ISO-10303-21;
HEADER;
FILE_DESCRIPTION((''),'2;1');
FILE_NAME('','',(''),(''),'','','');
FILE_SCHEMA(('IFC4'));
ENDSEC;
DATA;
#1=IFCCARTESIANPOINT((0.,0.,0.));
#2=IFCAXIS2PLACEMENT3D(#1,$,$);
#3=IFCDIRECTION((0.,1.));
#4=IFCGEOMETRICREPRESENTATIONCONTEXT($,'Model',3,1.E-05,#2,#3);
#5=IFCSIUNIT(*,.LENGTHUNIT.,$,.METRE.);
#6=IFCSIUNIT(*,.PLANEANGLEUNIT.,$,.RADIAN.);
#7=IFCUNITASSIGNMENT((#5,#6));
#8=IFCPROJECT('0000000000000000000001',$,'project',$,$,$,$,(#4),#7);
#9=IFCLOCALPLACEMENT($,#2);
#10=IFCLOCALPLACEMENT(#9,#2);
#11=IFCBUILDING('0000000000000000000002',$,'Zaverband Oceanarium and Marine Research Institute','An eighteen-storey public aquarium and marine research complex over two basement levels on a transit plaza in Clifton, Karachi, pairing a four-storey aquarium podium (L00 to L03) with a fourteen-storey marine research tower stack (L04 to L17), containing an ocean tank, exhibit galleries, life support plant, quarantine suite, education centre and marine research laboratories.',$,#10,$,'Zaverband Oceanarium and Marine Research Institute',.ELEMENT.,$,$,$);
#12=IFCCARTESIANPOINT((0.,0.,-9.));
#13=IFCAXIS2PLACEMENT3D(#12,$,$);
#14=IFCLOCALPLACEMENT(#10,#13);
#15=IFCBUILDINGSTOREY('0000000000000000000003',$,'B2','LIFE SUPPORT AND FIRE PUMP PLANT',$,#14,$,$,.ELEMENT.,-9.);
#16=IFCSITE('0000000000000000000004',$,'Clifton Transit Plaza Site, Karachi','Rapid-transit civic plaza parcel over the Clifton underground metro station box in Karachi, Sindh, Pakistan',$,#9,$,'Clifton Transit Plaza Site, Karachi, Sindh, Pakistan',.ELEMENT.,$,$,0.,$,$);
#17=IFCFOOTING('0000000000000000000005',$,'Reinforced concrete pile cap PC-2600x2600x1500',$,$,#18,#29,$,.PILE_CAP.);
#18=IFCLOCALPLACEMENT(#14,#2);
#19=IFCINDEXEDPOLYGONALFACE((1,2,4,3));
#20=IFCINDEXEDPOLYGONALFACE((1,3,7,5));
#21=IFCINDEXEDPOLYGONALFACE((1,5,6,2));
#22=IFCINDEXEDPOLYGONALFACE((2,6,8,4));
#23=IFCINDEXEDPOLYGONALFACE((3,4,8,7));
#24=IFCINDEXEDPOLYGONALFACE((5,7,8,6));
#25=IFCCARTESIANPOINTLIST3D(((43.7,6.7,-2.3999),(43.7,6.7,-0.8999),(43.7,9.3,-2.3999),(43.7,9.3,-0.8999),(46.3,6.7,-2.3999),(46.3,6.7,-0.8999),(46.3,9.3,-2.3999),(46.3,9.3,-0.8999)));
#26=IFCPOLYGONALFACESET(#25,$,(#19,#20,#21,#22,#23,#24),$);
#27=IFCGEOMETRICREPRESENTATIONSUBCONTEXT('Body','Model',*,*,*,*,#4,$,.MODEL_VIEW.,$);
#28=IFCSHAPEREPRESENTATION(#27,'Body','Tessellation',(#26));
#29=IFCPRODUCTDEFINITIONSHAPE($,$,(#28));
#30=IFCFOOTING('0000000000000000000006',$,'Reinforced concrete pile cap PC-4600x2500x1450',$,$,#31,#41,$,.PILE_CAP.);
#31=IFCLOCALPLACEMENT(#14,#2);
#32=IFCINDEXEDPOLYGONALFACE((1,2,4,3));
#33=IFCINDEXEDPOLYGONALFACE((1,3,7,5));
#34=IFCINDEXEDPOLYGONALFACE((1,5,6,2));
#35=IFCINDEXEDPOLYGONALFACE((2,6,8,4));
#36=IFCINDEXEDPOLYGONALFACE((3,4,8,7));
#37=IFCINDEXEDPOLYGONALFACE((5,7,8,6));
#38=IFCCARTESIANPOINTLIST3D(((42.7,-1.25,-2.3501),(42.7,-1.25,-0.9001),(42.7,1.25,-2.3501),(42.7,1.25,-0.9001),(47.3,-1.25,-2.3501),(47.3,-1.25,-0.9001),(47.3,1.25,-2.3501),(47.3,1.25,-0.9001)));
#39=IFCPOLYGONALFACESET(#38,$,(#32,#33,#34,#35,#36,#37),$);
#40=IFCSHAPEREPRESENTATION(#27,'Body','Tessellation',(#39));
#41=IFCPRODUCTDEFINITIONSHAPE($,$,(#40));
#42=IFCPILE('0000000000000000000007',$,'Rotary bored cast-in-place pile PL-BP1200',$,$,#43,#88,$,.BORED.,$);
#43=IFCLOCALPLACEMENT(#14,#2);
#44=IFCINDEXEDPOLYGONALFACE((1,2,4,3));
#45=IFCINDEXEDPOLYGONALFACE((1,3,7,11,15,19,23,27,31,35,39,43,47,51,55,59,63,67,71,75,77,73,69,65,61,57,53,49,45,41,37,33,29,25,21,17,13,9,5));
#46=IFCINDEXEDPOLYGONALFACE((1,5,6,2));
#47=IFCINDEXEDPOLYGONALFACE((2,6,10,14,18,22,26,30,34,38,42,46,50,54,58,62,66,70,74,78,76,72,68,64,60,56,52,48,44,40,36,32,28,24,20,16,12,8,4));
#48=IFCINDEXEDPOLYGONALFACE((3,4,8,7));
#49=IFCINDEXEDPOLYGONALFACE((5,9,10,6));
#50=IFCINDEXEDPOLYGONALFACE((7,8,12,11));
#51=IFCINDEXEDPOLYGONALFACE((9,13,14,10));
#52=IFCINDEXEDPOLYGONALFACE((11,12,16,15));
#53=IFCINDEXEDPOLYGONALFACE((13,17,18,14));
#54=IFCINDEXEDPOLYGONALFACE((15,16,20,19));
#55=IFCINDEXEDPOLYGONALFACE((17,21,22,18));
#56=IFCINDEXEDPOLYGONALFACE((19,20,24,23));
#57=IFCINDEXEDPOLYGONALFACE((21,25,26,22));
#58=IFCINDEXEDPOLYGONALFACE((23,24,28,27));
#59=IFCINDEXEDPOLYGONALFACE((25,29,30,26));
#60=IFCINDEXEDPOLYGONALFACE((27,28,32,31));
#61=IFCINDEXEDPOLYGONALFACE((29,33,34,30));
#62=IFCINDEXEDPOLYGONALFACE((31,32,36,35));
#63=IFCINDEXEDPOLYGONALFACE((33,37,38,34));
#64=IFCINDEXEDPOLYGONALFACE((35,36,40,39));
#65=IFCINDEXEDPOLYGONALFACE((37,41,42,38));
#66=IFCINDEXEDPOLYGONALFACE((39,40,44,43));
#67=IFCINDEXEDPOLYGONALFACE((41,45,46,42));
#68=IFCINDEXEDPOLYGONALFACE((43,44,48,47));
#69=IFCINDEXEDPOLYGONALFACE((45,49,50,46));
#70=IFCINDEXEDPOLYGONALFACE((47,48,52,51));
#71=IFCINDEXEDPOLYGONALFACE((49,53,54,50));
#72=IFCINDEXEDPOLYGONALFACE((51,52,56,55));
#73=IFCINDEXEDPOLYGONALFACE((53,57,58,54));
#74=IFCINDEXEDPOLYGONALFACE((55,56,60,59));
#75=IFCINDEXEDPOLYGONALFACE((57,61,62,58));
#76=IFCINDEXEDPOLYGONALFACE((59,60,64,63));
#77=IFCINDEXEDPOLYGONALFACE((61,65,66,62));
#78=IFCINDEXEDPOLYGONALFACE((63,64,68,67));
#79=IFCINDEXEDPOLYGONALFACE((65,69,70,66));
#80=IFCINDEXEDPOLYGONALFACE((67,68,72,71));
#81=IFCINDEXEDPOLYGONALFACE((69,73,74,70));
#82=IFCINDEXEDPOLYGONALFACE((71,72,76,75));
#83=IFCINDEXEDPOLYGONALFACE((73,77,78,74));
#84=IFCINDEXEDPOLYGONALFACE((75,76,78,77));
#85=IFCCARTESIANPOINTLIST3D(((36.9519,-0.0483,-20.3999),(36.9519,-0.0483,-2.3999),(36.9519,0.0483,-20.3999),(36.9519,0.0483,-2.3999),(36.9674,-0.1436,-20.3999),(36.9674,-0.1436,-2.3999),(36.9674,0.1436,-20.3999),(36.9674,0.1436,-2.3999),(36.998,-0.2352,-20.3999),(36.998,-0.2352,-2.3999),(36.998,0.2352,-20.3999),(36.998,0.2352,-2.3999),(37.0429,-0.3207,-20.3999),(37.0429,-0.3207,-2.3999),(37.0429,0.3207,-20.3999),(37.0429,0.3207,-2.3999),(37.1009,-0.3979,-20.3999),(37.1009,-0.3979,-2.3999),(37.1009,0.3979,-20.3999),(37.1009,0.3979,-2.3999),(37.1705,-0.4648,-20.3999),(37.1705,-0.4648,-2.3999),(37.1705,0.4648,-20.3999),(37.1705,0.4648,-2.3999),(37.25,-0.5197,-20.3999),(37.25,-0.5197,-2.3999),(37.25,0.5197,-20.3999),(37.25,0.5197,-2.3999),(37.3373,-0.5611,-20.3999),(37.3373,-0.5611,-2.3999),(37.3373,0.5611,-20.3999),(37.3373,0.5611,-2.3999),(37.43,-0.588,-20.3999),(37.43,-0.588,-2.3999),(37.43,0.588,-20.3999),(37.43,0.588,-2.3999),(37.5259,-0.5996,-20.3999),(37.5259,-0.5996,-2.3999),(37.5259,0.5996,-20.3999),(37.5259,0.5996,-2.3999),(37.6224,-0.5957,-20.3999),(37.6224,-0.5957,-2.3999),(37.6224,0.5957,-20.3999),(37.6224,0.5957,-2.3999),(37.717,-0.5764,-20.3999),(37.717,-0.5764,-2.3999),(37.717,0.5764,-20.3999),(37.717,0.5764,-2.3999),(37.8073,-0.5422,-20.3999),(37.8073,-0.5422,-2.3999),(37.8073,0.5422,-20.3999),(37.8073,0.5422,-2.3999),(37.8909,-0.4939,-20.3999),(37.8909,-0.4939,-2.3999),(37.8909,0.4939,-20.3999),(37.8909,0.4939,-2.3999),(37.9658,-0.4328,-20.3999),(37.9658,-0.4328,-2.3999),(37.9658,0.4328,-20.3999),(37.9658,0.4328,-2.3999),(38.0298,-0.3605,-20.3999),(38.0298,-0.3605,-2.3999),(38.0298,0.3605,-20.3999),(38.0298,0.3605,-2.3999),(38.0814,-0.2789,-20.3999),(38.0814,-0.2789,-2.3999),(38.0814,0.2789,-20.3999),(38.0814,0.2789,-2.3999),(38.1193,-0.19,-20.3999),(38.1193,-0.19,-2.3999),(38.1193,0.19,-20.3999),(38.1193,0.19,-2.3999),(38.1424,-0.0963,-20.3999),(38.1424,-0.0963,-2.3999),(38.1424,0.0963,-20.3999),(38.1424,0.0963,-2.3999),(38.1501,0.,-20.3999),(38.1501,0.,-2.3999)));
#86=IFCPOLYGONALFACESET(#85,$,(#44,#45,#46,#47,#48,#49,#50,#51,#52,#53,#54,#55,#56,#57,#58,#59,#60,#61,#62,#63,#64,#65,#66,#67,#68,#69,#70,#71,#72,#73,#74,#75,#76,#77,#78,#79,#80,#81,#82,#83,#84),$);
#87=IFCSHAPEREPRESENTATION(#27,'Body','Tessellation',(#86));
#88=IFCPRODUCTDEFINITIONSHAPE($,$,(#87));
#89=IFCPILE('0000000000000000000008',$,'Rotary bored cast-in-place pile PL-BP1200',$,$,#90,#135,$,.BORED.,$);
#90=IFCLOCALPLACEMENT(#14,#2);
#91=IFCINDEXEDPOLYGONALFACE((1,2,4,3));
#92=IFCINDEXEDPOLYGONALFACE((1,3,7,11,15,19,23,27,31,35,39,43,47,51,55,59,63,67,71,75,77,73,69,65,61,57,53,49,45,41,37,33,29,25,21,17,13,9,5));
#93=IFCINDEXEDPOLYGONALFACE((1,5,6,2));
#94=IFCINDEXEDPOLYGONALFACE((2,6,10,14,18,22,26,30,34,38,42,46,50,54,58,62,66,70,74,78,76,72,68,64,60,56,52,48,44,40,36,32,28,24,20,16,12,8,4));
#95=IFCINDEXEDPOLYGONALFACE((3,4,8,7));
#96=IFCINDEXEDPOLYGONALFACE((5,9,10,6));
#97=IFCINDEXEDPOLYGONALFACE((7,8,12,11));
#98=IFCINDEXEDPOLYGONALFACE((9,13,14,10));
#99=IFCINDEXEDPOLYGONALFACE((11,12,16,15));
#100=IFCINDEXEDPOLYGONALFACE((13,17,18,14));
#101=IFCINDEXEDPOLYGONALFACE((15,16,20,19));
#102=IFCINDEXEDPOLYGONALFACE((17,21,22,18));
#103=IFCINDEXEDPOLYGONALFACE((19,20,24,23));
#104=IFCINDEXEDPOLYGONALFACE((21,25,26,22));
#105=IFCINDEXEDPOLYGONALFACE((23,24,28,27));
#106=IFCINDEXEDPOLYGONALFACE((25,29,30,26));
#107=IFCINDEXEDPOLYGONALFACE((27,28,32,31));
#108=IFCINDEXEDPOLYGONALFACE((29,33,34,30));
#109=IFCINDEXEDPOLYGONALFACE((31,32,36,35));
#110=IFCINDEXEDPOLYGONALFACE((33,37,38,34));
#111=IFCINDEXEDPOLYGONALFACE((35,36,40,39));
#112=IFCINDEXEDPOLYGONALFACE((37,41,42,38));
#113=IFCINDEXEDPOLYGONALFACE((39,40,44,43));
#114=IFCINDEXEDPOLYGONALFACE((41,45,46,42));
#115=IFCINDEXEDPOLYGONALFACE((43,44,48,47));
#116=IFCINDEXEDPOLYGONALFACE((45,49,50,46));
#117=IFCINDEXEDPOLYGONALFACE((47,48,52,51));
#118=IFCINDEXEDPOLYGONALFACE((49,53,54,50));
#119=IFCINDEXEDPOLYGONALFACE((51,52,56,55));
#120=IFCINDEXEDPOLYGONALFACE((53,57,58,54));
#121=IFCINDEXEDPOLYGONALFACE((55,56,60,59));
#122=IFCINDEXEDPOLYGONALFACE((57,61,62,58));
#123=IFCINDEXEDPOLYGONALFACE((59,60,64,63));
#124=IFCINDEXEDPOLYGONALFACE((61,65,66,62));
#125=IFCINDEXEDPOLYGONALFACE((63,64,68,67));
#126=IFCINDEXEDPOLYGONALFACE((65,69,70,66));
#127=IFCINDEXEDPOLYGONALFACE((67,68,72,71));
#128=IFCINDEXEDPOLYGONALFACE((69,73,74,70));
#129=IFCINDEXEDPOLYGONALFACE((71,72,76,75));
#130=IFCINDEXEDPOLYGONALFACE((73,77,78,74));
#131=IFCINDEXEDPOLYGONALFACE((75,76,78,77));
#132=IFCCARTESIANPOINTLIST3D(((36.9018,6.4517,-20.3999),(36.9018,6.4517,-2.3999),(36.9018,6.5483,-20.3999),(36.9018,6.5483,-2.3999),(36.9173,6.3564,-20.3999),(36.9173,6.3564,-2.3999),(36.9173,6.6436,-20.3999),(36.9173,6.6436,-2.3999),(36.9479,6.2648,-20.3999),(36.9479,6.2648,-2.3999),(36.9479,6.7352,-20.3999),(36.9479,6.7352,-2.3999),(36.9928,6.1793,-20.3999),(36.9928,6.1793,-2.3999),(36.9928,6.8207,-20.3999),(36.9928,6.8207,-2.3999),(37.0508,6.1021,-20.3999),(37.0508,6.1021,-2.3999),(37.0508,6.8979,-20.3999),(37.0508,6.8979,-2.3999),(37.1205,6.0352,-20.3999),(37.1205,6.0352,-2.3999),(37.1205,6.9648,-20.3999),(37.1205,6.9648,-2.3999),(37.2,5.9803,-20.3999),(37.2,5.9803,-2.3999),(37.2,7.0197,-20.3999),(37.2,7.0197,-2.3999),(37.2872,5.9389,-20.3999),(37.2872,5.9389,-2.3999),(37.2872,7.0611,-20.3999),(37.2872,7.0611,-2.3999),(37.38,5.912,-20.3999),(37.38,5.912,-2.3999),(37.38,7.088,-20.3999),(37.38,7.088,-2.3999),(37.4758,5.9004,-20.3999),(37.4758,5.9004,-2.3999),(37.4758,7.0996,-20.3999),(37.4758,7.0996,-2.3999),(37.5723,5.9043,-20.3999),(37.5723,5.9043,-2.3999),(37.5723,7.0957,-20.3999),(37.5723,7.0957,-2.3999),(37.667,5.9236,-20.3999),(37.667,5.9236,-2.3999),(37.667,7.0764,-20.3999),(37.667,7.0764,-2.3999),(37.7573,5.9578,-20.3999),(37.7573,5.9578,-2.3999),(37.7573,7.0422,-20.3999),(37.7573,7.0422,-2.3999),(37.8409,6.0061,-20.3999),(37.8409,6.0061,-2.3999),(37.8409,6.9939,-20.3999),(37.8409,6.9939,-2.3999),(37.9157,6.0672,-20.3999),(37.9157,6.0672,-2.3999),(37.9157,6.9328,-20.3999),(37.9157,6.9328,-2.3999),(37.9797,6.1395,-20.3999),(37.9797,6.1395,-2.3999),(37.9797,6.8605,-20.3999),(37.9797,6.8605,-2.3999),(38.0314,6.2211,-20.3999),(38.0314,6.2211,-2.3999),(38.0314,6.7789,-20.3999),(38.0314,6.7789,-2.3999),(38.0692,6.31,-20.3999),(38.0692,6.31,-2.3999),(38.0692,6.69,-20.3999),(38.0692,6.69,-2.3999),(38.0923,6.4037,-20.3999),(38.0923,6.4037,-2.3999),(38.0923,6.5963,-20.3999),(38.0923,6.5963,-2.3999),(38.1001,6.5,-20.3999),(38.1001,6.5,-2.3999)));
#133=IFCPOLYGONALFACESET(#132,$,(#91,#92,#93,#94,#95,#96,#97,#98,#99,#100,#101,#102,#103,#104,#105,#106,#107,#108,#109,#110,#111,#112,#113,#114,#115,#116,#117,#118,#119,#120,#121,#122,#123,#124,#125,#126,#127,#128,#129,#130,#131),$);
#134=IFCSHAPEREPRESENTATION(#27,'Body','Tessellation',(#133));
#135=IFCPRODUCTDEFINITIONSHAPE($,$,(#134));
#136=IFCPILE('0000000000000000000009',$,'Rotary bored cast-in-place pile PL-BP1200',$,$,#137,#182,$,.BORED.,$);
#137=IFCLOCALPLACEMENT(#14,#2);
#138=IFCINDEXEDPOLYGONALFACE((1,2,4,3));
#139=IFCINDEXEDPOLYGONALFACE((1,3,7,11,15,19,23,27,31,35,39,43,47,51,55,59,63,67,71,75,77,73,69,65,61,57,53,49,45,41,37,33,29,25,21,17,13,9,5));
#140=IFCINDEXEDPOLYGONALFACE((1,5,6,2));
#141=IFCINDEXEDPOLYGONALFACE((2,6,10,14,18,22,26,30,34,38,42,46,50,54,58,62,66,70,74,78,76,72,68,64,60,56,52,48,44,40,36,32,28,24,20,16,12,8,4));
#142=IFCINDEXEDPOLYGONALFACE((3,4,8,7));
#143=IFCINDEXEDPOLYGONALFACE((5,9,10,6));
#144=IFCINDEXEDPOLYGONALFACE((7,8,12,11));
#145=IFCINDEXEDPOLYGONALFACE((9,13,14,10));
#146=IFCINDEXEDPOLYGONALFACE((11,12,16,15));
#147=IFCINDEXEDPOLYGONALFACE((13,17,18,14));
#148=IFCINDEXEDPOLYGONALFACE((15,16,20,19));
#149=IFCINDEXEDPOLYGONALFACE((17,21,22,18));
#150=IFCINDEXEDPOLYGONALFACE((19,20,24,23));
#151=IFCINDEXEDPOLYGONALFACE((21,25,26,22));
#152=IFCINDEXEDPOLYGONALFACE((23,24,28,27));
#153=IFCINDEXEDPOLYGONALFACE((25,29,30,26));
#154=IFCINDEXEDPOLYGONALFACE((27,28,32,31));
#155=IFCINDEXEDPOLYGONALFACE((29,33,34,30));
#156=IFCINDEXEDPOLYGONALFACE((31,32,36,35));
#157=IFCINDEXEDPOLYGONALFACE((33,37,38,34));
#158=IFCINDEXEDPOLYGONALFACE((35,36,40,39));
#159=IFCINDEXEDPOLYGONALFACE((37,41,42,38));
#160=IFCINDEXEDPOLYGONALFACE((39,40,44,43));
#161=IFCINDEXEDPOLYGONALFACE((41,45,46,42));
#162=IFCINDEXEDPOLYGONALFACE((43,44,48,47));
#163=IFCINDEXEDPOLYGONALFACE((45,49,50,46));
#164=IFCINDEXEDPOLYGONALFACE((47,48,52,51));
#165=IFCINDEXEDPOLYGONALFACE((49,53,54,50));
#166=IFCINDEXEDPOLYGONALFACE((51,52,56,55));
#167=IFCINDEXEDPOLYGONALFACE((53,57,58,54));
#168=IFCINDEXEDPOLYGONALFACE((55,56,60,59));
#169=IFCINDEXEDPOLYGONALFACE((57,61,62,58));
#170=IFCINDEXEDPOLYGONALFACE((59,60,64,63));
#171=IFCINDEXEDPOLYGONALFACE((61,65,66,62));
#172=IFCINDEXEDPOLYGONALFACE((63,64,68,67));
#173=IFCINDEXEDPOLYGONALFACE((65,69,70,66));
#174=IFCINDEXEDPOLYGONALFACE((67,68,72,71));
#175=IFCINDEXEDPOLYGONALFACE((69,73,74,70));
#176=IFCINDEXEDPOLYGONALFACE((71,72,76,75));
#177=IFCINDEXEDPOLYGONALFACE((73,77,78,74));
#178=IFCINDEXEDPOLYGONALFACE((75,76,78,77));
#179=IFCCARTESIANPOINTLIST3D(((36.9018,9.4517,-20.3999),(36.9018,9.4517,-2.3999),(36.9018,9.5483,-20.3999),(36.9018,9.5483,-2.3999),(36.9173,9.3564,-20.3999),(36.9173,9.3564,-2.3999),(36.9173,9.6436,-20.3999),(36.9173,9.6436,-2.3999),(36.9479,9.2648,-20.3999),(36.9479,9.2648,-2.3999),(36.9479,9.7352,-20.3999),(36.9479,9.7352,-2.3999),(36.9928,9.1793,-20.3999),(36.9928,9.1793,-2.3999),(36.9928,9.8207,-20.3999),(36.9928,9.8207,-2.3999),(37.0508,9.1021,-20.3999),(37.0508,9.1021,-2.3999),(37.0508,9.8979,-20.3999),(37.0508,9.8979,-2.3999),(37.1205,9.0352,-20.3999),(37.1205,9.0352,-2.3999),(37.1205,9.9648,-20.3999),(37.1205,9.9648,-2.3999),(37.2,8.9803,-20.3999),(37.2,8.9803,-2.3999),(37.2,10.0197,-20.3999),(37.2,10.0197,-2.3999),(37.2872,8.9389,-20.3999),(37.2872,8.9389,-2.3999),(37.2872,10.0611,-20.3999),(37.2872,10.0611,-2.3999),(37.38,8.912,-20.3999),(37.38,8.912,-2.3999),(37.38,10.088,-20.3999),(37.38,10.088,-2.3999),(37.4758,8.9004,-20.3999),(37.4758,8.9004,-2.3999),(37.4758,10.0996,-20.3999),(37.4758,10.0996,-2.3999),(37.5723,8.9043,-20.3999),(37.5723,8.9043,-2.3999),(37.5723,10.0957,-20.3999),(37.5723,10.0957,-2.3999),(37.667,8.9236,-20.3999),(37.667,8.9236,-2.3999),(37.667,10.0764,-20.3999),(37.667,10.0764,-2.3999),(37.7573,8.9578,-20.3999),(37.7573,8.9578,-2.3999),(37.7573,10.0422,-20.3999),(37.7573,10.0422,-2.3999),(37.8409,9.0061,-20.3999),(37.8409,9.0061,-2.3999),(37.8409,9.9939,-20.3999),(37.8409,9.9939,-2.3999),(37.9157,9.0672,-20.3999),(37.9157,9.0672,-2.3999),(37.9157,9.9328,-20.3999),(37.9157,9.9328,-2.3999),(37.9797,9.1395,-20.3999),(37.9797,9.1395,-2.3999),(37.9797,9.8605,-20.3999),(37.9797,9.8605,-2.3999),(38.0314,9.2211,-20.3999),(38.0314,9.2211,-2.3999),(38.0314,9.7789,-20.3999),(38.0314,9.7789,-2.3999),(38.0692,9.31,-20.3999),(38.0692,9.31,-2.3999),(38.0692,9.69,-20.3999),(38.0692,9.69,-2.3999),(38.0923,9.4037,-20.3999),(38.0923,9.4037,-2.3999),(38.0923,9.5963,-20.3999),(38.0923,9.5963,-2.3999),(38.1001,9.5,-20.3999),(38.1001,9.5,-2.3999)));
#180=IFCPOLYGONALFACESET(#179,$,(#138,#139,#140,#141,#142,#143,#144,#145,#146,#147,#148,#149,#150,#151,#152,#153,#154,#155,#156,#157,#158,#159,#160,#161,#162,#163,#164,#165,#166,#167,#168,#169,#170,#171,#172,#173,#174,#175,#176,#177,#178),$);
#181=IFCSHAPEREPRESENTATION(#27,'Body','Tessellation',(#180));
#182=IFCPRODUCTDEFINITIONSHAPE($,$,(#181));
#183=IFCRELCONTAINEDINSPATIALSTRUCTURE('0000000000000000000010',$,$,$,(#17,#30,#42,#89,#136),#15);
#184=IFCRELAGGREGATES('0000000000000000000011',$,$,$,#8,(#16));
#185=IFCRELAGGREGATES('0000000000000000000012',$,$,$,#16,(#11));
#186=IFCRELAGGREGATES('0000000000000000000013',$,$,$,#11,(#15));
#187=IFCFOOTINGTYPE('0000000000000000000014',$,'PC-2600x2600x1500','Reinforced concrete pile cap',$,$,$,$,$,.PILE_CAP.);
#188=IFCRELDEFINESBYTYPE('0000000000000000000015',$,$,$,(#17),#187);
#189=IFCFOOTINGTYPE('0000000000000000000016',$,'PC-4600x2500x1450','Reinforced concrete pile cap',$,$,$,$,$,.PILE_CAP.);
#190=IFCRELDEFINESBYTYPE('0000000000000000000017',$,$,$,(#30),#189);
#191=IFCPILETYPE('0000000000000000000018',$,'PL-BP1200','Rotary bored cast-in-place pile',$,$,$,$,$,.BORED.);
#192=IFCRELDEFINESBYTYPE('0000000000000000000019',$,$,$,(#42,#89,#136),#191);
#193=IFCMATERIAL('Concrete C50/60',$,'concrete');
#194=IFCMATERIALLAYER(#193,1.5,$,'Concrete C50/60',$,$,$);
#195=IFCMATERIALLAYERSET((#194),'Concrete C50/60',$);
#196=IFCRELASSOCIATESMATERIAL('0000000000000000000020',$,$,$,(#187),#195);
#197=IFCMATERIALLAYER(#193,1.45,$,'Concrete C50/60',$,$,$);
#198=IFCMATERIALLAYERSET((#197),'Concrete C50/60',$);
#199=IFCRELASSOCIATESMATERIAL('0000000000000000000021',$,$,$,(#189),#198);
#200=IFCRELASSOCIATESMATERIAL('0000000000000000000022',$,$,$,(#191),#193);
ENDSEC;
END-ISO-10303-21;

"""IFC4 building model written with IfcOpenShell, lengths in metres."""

from ifc_helpers import new_model, si_unit, direction, frame, origin, origin_2d, place, context, subcontext, project, spatial, rectangle, circle, extrude, material, layer, layer_set, material_profile, profile_set, type_object, element, save


model = new_model("IFC4")

# Units and contexts
model_context = context("Model", 3, precision=1e-05, world=origin(), true_north=direction((0.0, 1.0)))
body_context = subcontext(model_context, "Body", "Model", "MODEL_VIEW")
ifc_project = project(units=[si_unit("LENGTHUNIT", "METRE"), si_unit("PLANEANGLEUNIT", "RADIAN")], contexts=[model_context])

# Site, building, storey
site_placement = place(None, origin())
site = spatial("IfcSite", under=ifc_project, at=site_placement, Name="Clifton Transit Plaza Site, Karachi", Description="Rapid-transit civic plaza parcel over the Clifton underground metro station box in Karachi, Sindh, Pakistan", LongName="Clifton Transit Plaza Site, Karachi, Sindh, Pakistan", CompositionType="ELEMENT", RefElevation=0.0)
building_placement = place(site_placement, origin())
building = spatial("IfcBuilding", under=site, at=building_placement, Name="Zaverband Oceanarium and Marine Research Institute", Description="An eighteen-storey public aquarium and marine research complex over two basement levels on a transit plaza in Clifton, Karachi, pairing a four-storey aquarium podium (L00 to L03) with a fourteen-storey marine research tower stack (L04 to L17), containing an ocean tank, exhibit galleries, life support plant, quarantine suite, education centre and marine research laboratories.", LongName="Zaverband Oceanarium and Marine Research Institute", CompositionType="ELEMENT")
storey_placement = place(building_placement, frame((0.0, 0.0, -9.0)))
storey = spatial("IfcBuildingStorey", under=building, at=storey_placement, Name="B2", Description="LIFE SUPPORT AND FIRE PUMP PLANT", CompositionType="ELEMENT", Elevation=-9.0)

# Footings
ifc_material_1 = material(Name="Concrete C50/60", Category="concrete")
ifc_layer_1 = layer(ifc_material_1, 1.5, Name="Concrete C50/60")
ifc_layer_set_1 = layer_set([ifc_layer_1], Name="Concrete C50/60")
footing_type_1 = type_object("IfcFootingType", Name="PC-2600x2600x1500", Description="Reinforced concrete pile cap", PredefinedType="PILE_CAP", material=ifc_layer_set_1)
footing_1_placement = place(storey_placement, frame((45.0, 8.0, -2.3999), z_axis=(0.0, 0.0, 1.0), x_axis=(1.0, 0.0, 0.0)))
element("IfcFooting", 1, at=footing_1_placement, inside=storey, type_object=footing_type_1, Name="Reinforced concrete pile cap PC-2600x2600x1500", PredefinedType="PILE_CAP", context=body_context, shape_type="SweptSolid", body=[
    extrude(rectangle(XDim=2.6001, YDim=2.6001, at=origin_2d()), origin(), (0.0, 0.0, 1.0), 1.5),
])
ifc_layer_2 = layer(ifc_material_1, 1.45, Name="Concrete C50/60")
ifc_layer_set_2 = layer_set([ifc_layer_2], Name="Concrete C50/60")
footing_type_2 = type_object("IfcFootingType", Name="PC-4600x2500x1450", Description="Reinforced concrete pile cap", PredefinedType="PILE_CAP", material=ifc_layer_set_2)
footing_2_placement = place(storey_placement, frame((45.0, 0.0, -2.3501), z_axis=(0.0, 0.0, 1.0), x_axis=(1.0, 0.0, 0.0)))
element("IfcFooting", 2, at=footing_2_placement, inside=storey, type_object=footing_type_2, Name="Reinforced concrete pile cap PC-4600x2500x1450", PredefinedType="PILE_CAP", context=body_context, shape_type="SweptSolid", body=[
    extrude(rectangle(XDim=4.6001, YDim=2.5, at=origin_2d()), origin(), (0.0, 0.0, 1.0), 1.45),
])

# Piles
ifc_material_profile_1 = material_profile(ifc_material_1, circle(Radius=0.6001, at=origin_2d()), Name="BP1200")
ifc_profile_set_1 = profile_set([ifc_material_profile_1], Name="Concrete C50/60")
pile_type = type_object("IfcPileType", Name="PL-BP1200", Description="Rotary bored cast-in-place pile", PredefinedType="BORED", material=ifc_profile_set_1)
for number, where, z_axis, x_axis, name in (
    (3, (37.55, 0.0, -2.3999), (0.0, 0.0, -1.0), (1.0, 0.0, 0.0), "Rotary bored cast-in-place pile PL-BP1200"),
    (4, (37.5, 6.5, -2.3999), (0.0, 0.0, -1.0), (1.0, 0.0, 0.0), "Rotary bored cast-in-place pile PL-BP1200"),
    (5, (37.5, 9.5, -2.3999), (0.0, 0.0, -1.0), (1.0, 0.0, 0.0), "Rotary bored cast-in-place pile PL-BP1200"),
):
    element("IfcPile", number, at=place(storey_placement, frame(where, z_axis=z_axis, x_axis=x_axis)), inside=storey, type_object=pile_type, Name=name, PredefinedType="BORED", context=body_context, shape_type="SweptSolid", body=[
        extrude(circle(Radius=0.6001, at=origin_2d()), origin(), (0.0, 0.0, 1.0), 18.0),
    ])

save(model, "model.ifc")
